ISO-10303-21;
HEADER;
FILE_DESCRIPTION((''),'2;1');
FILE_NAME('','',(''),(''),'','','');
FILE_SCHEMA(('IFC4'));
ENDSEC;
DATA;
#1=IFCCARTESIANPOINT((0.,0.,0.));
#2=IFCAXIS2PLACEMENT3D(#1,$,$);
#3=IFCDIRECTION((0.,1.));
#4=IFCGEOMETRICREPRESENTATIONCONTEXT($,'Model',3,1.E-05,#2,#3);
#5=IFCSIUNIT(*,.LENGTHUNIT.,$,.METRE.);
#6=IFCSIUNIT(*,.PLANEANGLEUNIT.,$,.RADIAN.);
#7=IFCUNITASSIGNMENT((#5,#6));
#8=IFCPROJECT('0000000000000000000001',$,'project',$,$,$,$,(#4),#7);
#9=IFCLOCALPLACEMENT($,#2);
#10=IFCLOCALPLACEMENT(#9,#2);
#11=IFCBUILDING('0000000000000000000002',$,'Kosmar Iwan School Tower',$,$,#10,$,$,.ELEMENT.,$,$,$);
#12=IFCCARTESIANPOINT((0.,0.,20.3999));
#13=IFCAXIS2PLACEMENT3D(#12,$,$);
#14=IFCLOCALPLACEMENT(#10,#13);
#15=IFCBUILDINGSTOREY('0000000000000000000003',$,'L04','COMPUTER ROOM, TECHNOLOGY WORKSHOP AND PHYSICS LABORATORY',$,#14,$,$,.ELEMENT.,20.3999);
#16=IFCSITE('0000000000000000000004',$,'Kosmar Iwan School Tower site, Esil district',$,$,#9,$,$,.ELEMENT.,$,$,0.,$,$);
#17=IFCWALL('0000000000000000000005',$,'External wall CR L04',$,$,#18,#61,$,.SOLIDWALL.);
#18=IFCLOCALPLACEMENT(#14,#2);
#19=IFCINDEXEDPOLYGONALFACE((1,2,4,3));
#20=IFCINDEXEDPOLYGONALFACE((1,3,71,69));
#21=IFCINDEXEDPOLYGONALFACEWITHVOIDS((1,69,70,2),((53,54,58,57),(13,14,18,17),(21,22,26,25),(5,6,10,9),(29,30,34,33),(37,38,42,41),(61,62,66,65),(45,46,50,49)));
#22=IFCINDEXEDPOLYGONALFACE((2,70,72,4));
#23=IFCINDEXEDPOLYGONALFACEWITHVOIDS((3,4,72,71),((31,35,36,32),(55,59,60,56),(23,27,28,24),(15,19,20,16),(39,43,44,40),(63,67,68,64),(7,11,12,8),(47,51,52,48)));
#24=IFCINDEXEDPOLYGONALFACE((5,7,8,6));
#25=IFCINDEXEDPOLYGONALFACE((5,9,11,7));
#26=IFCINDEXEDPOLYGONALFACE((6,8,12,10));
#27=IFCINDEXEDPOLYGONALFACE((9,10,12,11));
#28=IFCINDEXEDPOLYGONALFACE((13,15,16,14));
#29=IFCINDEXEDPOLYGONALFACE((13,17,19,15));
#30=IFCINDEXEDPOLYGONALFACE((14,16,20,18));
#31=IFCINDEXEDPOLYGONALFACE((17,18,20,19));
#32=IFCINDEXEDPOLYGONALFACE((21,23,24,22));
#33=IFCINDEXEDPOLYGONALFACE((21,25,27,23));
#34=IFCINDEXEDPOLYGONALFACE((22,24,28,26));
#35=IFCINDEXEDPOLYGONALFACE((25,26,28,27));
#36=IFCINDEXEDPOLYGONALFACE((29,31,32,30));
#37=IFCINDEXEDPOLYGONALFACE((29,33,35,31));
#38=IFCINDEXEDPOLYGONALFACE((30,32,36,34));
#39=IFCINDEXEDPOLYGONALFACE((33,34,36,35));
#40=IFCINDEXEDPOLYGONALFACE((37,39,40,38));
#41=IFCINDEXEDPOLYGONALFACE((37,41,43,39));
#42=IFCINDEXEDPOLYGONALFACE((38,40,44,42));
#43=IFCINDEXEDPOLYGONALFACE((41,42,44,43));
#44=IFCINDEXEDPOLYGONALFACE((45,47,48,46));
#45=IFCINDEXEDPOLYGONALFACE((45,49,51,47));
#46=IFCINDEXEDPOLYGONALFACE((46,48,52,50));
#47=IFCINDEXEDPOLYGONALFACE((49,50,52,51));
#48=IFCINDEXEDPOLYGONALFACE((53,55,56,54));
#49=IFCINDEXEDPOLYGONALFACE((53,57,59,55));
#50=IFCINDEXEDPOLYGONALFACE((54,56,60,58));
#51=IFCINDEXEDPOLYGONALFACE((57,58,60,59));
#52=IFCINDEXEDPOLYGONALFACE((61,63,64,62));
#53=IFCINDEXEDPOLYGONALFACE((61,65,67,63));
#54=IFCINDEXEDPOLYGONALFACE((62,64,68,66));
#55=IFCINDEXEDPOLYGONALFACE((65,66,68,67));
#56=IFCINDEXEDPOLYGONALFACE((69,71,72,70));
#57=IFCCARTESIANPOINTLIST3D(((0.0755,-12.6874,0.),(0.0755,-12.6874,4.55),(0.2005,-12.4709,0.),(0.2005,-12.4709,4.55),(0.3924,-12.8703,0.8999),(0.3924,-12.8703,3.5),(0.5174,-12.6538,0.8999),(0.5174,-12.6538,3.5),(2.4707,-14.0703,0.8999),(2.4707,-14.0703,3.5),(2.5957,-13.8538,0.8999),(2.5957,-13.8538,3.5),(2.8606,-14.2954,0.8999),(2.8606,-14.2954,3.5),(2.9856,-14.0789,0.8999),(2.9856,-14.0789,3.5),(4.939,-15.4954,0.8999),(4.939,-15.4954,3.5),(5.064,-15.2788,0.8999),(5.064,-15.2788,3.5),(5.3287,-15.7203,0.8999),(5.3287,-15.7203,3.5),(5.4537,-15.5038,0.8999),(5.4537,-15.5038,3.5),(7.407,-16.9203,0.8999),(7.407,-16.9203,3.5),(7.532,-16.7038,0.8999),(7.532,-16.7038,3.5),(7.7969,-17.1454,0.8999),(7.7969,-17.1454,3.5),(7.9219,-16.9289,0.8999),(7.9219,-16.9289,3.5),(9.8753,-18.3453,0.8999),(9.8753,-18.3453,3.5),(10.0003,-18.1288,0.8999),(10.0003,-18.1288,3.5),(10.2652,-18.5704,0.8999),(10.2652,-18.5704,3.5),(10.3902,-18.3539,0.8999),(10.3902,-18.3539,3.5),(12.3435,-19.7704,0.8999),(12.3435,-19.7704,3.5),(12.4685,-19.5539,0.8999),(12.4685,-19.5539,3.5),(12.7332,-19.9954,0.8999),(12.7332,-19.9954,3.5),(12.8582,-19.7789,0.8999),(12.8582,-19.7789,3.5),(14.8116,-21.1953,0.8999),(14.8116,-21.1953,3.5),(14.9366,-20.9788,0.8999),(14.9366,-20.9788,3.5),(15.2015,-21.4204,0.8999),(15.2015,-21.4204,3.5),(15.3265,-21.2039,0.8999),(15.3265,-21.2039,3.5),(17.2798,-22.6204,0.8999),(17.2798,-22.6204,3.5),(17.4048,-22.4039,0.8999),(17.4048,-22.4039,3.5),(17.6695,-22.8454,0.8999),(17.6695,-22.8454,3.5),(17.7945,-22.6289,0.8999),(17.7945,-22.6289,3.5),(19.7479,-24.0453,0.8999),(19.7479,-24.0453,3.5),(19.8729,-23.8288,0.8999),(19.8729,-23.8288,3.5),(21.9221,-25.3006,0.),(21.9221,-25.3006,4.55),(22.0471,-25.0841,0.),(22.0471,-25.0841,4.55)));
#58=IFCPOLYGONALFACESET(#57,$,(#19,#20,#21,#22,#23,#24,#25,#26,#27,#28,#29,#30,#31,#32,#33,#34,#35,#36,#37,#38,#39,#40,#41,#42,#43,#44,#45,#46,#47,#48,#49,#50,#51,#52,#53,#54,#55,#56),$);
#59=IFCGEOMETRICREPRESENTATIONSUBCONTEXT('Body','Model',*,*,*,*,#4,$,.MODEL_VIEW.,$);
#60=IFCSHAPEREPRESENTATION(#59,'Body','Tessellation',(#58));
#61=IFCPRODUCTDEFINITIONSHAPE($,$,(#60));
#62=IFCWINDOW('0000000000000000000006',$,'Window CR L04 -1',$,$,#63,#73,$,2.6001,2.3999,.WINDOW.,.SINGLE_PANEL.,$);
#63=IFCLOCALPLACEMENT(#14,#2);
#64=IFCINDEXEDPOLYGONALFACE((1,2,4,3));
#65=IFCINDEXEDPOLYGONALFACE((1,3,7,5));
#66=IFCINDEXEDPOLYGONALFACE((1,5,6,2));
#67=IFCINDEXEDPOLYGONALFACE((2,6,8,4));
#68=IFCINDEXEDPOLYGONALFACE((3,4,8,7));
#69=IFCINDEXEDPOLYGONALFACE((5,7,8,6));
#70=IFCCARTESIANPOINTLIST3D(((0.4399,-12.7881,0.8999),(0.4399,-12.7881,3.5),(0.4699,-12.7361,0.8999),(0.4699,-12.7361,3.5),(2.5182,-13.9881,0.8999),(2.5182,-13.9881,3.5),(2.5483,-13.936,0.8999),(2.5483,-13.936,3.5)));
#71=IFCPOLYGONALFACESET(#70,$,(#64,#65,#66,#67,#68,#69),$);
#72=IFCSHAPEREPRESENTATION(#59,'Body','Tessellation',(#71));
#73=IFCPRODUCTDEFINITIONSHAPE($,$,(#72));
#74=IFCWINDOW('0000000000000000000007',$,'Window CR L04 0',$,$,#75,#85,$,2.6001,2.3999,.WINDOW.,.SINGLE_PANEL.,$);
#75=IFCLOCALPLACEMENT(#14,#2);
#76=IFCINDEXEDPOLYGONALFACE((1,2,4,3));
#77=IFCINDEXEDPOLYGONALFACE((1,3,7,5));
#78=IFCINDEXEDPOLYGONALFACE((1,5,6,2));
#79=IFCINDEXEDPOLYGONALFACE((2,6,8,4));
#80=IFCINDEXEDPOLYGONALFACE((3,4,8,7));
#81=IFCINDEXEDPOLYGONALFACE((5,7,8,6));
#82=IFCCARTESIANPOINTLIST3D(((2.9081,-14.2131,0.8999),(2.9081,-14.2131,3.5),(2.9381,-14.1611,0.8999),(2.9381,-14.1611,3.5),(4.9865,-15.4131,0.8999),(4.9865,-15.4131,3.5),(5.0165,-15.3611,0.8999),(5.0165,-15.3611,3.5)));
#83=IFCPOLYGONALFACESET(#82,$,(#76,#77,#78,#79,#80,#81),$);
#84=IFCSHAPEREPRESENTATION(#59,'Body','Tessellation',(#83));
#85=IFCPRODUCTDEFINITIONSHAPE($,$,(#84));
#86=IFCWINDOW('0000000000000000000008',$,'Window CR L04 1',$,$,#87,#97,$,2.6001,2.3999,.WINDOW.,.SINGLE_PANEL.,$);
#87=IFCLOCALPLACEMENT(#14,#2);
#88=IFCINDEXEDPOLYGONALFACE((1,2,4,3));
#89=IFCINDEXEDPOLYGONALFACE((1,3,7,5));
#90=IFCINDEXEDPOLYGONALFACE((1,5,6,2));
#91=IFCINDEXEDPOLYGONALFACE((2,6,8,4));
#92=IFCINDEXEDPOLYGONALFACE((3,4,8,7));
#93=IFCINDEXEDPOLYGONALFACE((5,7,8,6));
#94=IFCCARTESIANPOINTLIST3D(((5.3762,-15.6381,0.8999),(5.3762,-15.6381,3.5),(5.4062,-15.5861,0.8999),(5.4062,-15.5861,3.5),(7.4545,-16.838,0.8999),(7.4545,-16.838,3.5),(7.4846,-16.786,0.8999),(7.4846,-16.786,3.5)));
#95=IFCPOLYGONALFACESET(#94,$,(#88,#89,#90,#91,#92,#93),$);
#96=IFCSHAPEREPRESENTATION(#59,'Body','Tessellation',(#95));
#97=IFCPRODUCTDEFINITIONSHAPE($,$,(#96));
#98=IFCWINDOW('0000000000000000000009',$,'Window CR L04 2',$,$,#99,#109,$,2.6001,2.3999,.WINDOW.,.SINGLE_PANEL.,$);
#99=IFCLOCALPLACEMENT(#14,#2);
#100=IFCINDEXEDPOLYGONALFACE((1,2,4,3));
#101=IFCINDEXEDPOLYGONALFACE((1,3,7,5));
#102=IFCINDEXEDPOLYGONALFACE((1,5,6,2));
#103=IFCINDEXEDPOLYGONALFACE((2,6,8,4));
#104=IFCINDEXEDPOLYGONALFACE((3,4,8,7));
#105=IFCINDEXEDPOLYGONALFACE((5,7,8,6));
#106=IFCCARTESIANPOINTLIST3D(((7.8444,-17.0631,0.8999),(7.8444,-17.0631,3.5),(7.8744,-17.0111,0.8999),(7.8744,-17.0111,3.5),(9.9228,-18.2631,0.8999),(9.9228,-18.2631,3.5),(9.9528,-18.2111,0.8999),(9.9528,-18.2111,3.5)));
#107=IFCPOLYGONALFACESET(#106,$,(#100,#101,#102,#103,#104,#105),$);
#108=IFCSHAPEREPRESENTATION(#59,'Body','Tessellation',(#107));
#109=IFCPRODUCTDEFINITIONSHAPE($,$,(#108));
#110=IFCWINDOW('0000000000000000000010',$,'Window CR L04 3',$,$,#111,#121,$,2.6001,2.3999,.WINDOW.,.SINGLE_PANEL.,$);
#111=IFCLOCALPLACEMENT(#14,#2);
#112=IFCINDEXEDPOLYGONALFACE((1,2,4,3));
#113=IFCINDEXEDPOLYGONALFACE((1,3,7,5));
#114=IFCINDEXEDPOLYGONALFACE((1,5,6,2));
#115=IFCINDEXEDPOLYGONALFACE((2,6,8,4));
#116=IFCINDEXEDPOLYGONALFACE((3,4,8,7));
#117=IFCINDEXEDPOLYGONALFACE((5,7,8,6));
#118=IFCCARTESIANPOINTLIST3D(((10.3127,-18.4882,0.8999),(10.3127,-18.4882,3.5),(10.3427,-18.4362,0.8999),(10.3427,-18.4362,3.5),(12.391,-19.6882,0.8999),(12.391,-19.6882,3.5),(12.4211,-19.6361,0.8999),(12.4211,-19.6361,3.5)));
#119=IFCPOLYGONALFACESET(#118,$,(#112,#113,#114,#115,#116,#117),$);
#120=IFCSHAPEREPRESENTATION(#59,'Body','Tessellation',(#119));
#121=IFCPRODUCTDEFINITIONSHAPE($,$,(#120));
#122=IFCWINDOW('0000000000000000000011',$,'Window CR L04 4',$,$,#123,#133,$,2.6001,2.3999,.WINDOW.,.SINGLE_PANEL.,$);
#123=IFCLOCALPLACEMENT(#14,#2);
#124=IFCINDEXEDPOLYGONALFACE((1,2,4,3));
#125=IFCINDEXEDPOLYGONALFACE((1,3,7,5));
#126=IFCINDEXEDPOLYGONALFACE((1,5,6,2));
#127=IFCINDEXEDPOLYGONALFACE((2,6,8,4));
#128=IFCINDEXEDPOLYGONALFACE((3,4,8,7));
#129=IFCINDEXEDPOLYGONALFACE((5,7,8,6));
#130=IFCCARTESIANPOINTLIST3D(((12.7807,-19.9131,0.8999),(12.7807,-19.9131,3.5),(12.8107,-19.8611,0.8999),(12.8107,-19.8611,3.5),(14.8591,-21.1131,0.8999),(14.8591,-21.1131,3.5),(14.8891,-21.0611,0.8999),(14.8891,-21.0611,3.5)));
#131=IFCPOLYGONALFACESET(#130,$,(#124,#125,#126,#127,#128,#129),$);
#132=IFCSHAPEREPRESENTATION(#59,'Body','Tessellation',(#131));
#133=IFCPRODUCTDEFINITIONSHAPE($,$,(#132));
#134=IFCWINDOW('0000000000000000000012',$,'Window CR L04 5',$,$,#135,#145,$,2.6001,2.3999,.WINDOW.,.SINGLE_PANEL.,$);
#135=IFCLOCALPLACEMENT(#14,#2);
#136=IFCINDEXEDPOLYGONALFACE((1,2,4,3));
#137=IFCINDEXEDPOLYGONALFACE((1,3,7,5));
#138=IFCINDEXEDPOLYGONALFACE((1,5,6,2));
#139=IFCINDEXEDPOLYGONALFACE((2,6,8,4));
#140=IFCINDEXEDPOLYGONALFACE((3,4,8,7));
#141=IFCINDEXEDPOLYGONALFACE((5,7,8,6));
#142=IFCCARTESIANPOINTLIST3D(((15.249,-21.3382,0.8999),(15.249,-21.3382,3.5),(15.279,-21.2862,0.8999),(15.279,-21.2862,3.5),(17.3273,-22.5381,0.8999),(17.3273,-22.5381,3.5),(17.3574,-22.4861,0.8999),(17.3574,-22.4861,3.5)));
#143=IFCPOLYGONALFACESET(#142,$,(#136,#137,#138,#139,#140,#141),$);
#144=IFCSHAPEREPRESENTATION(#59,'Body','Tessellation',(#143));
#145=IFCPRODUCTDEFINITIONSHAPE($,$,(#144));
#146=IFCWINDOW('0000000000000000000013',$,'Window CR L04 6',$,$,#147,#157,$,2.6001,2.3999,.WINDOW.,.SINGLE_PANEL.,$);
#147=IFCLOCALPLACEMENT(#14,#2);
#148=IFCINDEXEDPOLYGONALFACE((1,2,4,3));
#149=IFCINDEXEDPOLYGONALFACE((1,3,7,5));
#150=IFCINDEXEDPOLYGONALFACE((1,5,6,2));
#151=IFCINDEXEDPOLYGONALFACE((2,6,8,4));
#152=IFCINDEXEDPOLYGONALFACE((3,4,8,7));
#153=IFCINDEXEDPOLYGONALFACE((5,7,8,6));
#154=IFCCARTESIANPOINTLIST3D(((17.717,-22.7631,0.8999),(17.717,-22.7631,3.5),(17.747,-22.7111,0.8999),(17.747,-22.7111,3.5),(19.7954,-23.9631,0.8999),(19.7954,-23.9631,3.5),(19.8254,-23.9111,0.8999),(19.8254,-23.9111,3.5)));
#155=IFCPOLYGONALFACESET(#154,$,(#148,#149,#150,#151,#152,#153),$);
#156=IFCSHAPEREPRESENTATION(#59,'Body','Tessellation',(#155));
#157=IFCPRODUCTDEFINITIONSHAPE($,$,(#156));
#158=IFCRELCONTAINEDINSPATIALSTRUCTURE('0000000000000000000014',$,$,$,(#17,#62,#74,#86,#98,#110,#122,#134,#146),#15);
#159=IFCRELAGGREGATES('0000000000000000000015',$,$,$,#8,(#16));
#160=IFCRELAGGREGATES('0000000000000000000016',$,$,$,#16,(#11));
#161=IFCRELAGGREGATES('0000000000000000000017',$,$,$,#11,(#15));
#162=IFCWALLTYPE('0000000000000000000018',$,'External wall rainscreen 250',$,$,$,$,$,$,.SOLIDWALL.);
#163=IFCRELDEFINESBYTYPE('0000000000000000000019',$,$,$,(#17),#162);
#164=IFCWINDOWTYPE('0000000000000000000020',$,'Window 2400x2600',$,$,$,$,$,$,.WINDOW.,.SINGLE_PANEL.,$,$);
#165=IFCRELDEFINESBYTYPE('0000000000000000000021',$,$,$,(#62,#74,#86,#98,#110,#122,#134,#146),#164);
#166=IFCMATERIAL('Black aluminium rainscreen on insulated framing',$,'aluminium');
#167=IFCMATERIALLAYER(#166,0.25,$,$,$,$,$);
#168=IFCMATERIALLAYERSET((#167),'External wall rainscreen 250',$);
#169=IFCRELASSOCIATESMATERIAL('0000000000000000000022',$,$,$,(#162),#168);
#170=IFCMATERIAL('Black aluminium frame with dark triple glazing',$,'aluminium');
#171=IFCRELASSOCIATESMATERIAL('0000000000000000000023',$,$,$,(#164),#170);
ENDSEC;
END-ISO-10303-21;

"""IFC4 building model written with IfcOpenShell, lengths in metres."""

from ifc_helpers import new_model, si_unit, direction, frame, frame_2d, origin, place, context, subcontext, project, spatial, rectangle, extrude, material, layer, layer_set, type_object, element, fill, save


model = new_model("IFC4")

# Units and contexts
model_context = context("Model", 3, precision=1e-05, world=origin(), true_north=direction((0.0, 1.0)))
body_context = subcontext(model_context, "Body", "Model", "MODEL_VIEW")
ifc_project = project(units=[si_unit("LENGTHUNIT", "METRE"), si_unit("PLANEANGLEUNIT", "RADIAN")], contexts=[model_context])

# Site, building, storey
site_placement = place(None, origin())
site = spatial("IfcSite", under=ifc_project, at=site_placement, Name="Kosmar Iwan School Tower site, Esil district", CompositionType="ELEMENT", RefElevation=0.0)
building_placement = place(site_placement, origin())
building = spatial("IfcBuilding", under=site, at=building_placement, Name="Kosmar Iwan School Tower", CompositionType="ELEMENT")
storey_placement = place(building_placement, frame((0.0, 0.0, 20.3999)))
storey = spatial("IfcBuildingStorey", under=building, at=storey_placement, Name="L04", Description="COMPUTER ROOM, TECHNOLOGY WORKSHOP AND PHYSICS LABORATORY", CompositionType="ELEMENT", Elevation=20.3999)

# Wall, openings, windows
ifc_material_1 = material(Name="Black aluminium rainscreen on insulated framing", Category="aluminium")
ifc_layer_1 = layer(ifc_material_1, 0.25)
ifc_layer_set_1 = layer_set([ifc_layer_1], Name="External wall rainscreen 250")
wall_type_1 = type_object("IfcWallType", Name="External wall rainscreen 250", PredefinedType="SOLIDWALL", material=ifc_layer_set_1)
ifc_material_2 = material(Name="Black aluminium frame with dark triple glazing", Category="aluminium")
window_type = type_object("IfcWindowType", Name="Window 2400x2600", PartitioningType="SINGLE_PANEL", PredefinedType="WINDOW", material=ifc_material_2)
wall_1_placement = place(storey_placement, frame((0.1379, -12.5791, 0.0), z_axis=(0.0, 0.0, 1.0), x_axis=(0.866024, -0.500003, 0.0)))
wall_1 = element("IfcWall", 1, at=wall_1_placement, inside=storey, type_object=wall_type_1, Name="External wall CR L04", PredefinedType="SOLIDWALL", context=body_context, shape_type="SweptSolid", body=[
    extrude(rectangle(XDim=25.2263, YDim=0.25, at=frame_2d((12.6133, 0.0))), origin(), (0.0, 0.0, 1.0), 4.55),
])
opening_1_placement = place(wall_1_placement, frame((0.366, 0.0, 0.8999)))
opening_1 = element("IfcOpeningElement", 2, at=opening_1_placement, cuts=wall_1, PredefinedType="OPENING", context=body_context, shape_type="SweptSolid", body=[
    extrude(rectangle(XDim=2.3999, YDim=2.6001, at=frame_2d((1.2, 1.3))), frame((0.0, 0.137, 0.0), z_axis=(0.0, -1.0, 0.0), x_axis=(1.0, 0.0, 0.0)), (0.0, 0.0, 1.0), 0.2739),
])
opening_2_placement = place(wall_1_placement, frame((3.2161, 0.0, 0.8999)))
opening_2 = element("IfcOpeningElement", 3, at=opening_2_placement, cuts=wall_1, PredefinedType="OPENING", context=body_context, shape_type="SweptSolid", body=[
    extrude(rectangle(XDim=2.3999, YDim=2.6001, at=frame_2d((1.2, 1.3))), frame((0.0, 0.137, 0.0), z_axis=(0.0, -1.0, 0.0), x_axis=(1.0, 0.0, 0.0)), (0.0, 0.0, 1.0), 0.2739),
])
opening_3_placement = place(wall_1_placement, frame((6.0659, 0.0, 0.8999)))
opening_3 = element("IfcOpeningElement", 4, at=opening_3_placement, cuts=wall_1, PredefinedType="OPENING", context=body_context, shape_type="SweptSolid", body=[
    extrude(rectangle(XDim=2.3999, YDim=2.6001, at=frame_2d((1.2, 1.3))), frame((0.0, 0.137, 0.0), z_axis=(0.0, -1.0, 0.0), x_axis=(1.0, 0.0, 0.0)), (0.0, 0.0, 1.0), 0.2739),
])
opening_4_placement = place(wall_1_placement, frame((8.916, 0.0, 0.8999)))
opening_4 = element("IfcOpeningElement", 5, at=opening_4_placement, cuts=wall_1, PredefinedType="OPENING", context=body_context, shape_type="SweptSolid", body=[
    extrude(rectangle(XDim=2.3999, YDim=2.6001, at=frame_2d((1.2, 1.3))), frame((0.0, 0.137, 0.0), z_axis=(0.0, -1.0, 0.0), x_axis=(1.0, 0.0, 0.0)), (0.0, 0.0, 1.0), 0.2739),
])
opening_5_placement = place(wall_1_placement, frame((11.7661, 0.0, 0.8999)))
opening_5 = element("IfcOpeningElement", 6, at=opening_5_placement, cuts=wall_1, PredefinedType="OPENING", context=body_context, shape_type="SweptSolid", body=[
    extrude(rectangle(XDim=2.3999, YDim=2.6001, at=frame_2d((1.2, 1.3))), frame((0.0, 0.137, 0.0), z_axis=(0.0, -1.0, 0.0), x_axis=(1.0, 0.0, 0.0)), (0.0, 0.0, 1.0), 0.2739),
])
opening_6_placement = place(wall_1_placement, frame((14.616, 0.0, 0.8999)))
opening_6 = element("IfcOpeningElement", 7, at=opening_6_placement, cuts=wall_1, PredefinedType="OPENING", context=body_context, shape_type="SweptSolid", body=[
    extrude(rectangle(XDim=2.3999, YDim=2.6001, at=frame_2d((1.2, 1.3))), frame((0.0, 0.137, 0.0), z_axis=(0.0, -1.0, 0.0), x_axis=(1.0, 0.0, 0.0)), (0.0, 0.0, 1.0), 0.2739),
])
opening_7_placement = place(wall_1_placement, frame((17.4661, 0.0, 0.8999)))
opening_7 = element("IfcOpeningElement", 8, at=opening_7_placement, cuts=wall_1, PredefinedType="OPENING", context=body_context, shape_type="SweptSolid", body=[
    extrude(rectangle(XDim=2.3999, YDim=2.6001, at=frame_2d((1.2, 1.3))), frame((0.0, 0.137, 0.0), z_axis=(0.0, -1.0, 0.0), x_axis=(1.0, 0.0, 0.0)), (0.0, 0.0, 1.0), 0.2739),
])
opening_8_placement = place(wall_1_placement, frame((20.3159, 0.0, 0.8999)))
opening_8 = element("IfcOpeningElement", 9, at=opening_8_placement, cuts=wall_1, PredefinedType="OPENING", context=body_context, shape_type="SweptSolid", body=[
    extrude(rectangle(XDim=2.3999, YDim=2.6001, at=frame_2d((1.2, 1.3))), frame((0.0, 0.137, 0.0), z_axis=(0.0, -1.0, 0.0), x_axis=(1.0, 0.0, 0.0)), (0.0, 0.0, 1.0), 0.2739),
])
window_1_placement = place(opening_1_placement, origin())
window_1 = element("IfcWindow", 10, at=window_1_placement, inside=storey, type_object=window_type, Name="Window CR L04 -1", OverallHeight=2.6001, OverallWidth=2.3999, PartitioningType="SINGLE_PANEL", PredefinedType="WINDOW", context=body_context, shape_type="SweptSolid", body=[
    extrude(rectangle(XDim=2.3999, YDim=2.6001, at=frame_2d((1.2, 1.3))), frame((0.0, 0.03, 0.0), z_axis=(0.0, -1.0, 0.0), x_axis=(1.0, 0.0, 0.0)), (0.0, 0.0, 1.0), 0.0601),
])
fill(opening_1, window_1)
window_2_placement = place(opening_2_placement, origin())
window_2 = element("IfcWindow", 11, at=window_2_placement, inside=storey, type_object=window_type, Name="Window CR L04 0", OverallHeight=2.6001, OverallWidth=2.3999, PartitioningType="SINGLE_PANEL", PredefinedType="WINDOW", context=body_context, shape_type="SweptSolid", body=[
    extrude(rectangle(XDim=2.3999, YDim=2.6001, at=frame_2d((1.2, 1.3))), frame((0.0, 0.03, 0.0), z_axis=(0.0, -1.0, 0.0), x_axis=(1.0, 0.0, 0.0)), (0.0, 0.0, 1.0), 0.0601),
])
fill(opening_2, window_2)
window_3_placement = place(opening_3_placement, origin())
window_3 = element("IfcWindow", 12, at=window_3_placement, inside=storey, type_object=window_type, Name="Window CR L04 1", OverallHeight=2.6001, OverallWidth=2.3999, PartitioningType="SINGLE_PANEL", PredefinedType="WINDOW", context=body_context, shape_type="SweptSolid", body=[
    extrude(rectangle(XDim=2.3999, YDim=2.6001, at=frame_2d((1.2, 1.3))), frame((0.0, 0.03, 0.0), z_axis=(0.0, -1.0, 0.0), x_axis=(1.0, 0.0, 0.0)), (0.0, 0.0, 1.0), 0.0601),
])
fill(opening_3, window_3)
window_4_placement = place(opening_4_placement, origin())
window_4 = element("IfcWindow", 13, at=window_4_placement, inside=storey, type_object=window_type, Name="Window CR L04 2", OverallHeight=2.6001, OverallWidth=2.3999, PartitioningType="SINGLE_PANEL", PredefinedType="WINDOW", context=body_context, shape_type="SweptSolid", body=[
    extrude(rectangle(XDim=2.3999, YDim=2.6001, at=frame_2d((1.2, 1.3))), frame((0.0, 0.03, 0.0), z_axis=(0.0, -1.0, 0.0), x_axis=(1.0, 0.0, 0.0)), (0.0, 0.0, 1.0), 0.0601),
])
fill(opening_4, window_4)
window_5_placement = place(opening_5_placement, origin())
window_5 = element("IfcWindow", 14, at=window_5_placement, inside=storey, type_object=window_type, Name="Window CR L04 3", OverallHeight=2.6001, OverallWidth=2.3999, PartitioningType="SINGLE_PANEL", PredefinedType="WINDOW", context=body_context, shape_type="SweptSolid", body=[
    extrude(rectangle(XDim=2.3999, YDim=2.6001, at=frame_2d((1.2, 1.3))), frame((0.0, 0.03, 0.0), z_axis=(0.0, -1.0, 0.0), x_axis=(1.0, 0.0, 0.0)), (0.0, 0.0, 1.0), 0.0601),
])
fill(opening_5, window_5)
window_6_placement = place(opening_6_placement, origin())
window_6 = element("IfcWindow", 15, at=window_6_placement, inside=storey, type_object=window_type, Name="Window CR L04 4", OverallHeight=2.6001, OverallWidth=2.3999, PartitioningType="SINGLE_PANEL", PredefinedType="WINDOW", context=body_context, shape_type="SweptSolid", body=[
    extrude(rectangle(XDim=2.3999, YDim=2.6001, at=frame_2d((1.2, 1.3))), frame((0.0, 0.03, 0.0), z_axis=(0.0, -1.0, 0.0), x_axis=(1.0, 0.0, 0.0)), (0.0, 0.0, 1.0), 0.0601),
])
fill(opening_6, window_6)
window_7_placement = place(opening_7_placement, origin())
window_7 = element("IfcWindow", 16, at=window_7_placement, inside=storey, type_object=window_type, Name="Window CR L04 5", OverallHeight=2.6001, OverallWidth=2.3999, PartitioningType="SINGLE_PANEL", PredefinedType="WINDOW", context=body_context, shape_type="SweptSolid", body=[
    extrude(rectangle(XDim=2.3999, YDim=2.6001, at=frame_2d((1.2, 1.3))), frame((0.0, 0.03, 0.0), z_axis=(0.0, -1.0, 0.0), x_axis=(1.0, 0.0, 0.0)), (0.0, 0.0, 1.0), 0.0601),
])
fill(opening_7, window_7)
window_8_placement = place(opening_8_placement, origin())
window_8 = element("IfcWindow", 17, at=window_8_placement, inside=storey, type_object=window_type, Name="Window CR L04 6", OverallHeight=2.6001, OverallWidth=2.3999, PartitioningType="SINGLE_PANEL", PredefinedType="WINDOW", context=body_context, shape_type="SweptSolid", body=[
    extrude(rectangle(XDim=2.3999, YDim=2.6001, at=frame_2d((1.2, 1.3))), frame((0.0, 0.03, 0.0), z_axis=(0.0, -1.0, 0.0), x_axis=(1.0, 0.0, 0.0)), (0.0, 0.0, 1.0), 0.0601),
])
fill(opening_8, window_8)

save(model, "model.ifc")
